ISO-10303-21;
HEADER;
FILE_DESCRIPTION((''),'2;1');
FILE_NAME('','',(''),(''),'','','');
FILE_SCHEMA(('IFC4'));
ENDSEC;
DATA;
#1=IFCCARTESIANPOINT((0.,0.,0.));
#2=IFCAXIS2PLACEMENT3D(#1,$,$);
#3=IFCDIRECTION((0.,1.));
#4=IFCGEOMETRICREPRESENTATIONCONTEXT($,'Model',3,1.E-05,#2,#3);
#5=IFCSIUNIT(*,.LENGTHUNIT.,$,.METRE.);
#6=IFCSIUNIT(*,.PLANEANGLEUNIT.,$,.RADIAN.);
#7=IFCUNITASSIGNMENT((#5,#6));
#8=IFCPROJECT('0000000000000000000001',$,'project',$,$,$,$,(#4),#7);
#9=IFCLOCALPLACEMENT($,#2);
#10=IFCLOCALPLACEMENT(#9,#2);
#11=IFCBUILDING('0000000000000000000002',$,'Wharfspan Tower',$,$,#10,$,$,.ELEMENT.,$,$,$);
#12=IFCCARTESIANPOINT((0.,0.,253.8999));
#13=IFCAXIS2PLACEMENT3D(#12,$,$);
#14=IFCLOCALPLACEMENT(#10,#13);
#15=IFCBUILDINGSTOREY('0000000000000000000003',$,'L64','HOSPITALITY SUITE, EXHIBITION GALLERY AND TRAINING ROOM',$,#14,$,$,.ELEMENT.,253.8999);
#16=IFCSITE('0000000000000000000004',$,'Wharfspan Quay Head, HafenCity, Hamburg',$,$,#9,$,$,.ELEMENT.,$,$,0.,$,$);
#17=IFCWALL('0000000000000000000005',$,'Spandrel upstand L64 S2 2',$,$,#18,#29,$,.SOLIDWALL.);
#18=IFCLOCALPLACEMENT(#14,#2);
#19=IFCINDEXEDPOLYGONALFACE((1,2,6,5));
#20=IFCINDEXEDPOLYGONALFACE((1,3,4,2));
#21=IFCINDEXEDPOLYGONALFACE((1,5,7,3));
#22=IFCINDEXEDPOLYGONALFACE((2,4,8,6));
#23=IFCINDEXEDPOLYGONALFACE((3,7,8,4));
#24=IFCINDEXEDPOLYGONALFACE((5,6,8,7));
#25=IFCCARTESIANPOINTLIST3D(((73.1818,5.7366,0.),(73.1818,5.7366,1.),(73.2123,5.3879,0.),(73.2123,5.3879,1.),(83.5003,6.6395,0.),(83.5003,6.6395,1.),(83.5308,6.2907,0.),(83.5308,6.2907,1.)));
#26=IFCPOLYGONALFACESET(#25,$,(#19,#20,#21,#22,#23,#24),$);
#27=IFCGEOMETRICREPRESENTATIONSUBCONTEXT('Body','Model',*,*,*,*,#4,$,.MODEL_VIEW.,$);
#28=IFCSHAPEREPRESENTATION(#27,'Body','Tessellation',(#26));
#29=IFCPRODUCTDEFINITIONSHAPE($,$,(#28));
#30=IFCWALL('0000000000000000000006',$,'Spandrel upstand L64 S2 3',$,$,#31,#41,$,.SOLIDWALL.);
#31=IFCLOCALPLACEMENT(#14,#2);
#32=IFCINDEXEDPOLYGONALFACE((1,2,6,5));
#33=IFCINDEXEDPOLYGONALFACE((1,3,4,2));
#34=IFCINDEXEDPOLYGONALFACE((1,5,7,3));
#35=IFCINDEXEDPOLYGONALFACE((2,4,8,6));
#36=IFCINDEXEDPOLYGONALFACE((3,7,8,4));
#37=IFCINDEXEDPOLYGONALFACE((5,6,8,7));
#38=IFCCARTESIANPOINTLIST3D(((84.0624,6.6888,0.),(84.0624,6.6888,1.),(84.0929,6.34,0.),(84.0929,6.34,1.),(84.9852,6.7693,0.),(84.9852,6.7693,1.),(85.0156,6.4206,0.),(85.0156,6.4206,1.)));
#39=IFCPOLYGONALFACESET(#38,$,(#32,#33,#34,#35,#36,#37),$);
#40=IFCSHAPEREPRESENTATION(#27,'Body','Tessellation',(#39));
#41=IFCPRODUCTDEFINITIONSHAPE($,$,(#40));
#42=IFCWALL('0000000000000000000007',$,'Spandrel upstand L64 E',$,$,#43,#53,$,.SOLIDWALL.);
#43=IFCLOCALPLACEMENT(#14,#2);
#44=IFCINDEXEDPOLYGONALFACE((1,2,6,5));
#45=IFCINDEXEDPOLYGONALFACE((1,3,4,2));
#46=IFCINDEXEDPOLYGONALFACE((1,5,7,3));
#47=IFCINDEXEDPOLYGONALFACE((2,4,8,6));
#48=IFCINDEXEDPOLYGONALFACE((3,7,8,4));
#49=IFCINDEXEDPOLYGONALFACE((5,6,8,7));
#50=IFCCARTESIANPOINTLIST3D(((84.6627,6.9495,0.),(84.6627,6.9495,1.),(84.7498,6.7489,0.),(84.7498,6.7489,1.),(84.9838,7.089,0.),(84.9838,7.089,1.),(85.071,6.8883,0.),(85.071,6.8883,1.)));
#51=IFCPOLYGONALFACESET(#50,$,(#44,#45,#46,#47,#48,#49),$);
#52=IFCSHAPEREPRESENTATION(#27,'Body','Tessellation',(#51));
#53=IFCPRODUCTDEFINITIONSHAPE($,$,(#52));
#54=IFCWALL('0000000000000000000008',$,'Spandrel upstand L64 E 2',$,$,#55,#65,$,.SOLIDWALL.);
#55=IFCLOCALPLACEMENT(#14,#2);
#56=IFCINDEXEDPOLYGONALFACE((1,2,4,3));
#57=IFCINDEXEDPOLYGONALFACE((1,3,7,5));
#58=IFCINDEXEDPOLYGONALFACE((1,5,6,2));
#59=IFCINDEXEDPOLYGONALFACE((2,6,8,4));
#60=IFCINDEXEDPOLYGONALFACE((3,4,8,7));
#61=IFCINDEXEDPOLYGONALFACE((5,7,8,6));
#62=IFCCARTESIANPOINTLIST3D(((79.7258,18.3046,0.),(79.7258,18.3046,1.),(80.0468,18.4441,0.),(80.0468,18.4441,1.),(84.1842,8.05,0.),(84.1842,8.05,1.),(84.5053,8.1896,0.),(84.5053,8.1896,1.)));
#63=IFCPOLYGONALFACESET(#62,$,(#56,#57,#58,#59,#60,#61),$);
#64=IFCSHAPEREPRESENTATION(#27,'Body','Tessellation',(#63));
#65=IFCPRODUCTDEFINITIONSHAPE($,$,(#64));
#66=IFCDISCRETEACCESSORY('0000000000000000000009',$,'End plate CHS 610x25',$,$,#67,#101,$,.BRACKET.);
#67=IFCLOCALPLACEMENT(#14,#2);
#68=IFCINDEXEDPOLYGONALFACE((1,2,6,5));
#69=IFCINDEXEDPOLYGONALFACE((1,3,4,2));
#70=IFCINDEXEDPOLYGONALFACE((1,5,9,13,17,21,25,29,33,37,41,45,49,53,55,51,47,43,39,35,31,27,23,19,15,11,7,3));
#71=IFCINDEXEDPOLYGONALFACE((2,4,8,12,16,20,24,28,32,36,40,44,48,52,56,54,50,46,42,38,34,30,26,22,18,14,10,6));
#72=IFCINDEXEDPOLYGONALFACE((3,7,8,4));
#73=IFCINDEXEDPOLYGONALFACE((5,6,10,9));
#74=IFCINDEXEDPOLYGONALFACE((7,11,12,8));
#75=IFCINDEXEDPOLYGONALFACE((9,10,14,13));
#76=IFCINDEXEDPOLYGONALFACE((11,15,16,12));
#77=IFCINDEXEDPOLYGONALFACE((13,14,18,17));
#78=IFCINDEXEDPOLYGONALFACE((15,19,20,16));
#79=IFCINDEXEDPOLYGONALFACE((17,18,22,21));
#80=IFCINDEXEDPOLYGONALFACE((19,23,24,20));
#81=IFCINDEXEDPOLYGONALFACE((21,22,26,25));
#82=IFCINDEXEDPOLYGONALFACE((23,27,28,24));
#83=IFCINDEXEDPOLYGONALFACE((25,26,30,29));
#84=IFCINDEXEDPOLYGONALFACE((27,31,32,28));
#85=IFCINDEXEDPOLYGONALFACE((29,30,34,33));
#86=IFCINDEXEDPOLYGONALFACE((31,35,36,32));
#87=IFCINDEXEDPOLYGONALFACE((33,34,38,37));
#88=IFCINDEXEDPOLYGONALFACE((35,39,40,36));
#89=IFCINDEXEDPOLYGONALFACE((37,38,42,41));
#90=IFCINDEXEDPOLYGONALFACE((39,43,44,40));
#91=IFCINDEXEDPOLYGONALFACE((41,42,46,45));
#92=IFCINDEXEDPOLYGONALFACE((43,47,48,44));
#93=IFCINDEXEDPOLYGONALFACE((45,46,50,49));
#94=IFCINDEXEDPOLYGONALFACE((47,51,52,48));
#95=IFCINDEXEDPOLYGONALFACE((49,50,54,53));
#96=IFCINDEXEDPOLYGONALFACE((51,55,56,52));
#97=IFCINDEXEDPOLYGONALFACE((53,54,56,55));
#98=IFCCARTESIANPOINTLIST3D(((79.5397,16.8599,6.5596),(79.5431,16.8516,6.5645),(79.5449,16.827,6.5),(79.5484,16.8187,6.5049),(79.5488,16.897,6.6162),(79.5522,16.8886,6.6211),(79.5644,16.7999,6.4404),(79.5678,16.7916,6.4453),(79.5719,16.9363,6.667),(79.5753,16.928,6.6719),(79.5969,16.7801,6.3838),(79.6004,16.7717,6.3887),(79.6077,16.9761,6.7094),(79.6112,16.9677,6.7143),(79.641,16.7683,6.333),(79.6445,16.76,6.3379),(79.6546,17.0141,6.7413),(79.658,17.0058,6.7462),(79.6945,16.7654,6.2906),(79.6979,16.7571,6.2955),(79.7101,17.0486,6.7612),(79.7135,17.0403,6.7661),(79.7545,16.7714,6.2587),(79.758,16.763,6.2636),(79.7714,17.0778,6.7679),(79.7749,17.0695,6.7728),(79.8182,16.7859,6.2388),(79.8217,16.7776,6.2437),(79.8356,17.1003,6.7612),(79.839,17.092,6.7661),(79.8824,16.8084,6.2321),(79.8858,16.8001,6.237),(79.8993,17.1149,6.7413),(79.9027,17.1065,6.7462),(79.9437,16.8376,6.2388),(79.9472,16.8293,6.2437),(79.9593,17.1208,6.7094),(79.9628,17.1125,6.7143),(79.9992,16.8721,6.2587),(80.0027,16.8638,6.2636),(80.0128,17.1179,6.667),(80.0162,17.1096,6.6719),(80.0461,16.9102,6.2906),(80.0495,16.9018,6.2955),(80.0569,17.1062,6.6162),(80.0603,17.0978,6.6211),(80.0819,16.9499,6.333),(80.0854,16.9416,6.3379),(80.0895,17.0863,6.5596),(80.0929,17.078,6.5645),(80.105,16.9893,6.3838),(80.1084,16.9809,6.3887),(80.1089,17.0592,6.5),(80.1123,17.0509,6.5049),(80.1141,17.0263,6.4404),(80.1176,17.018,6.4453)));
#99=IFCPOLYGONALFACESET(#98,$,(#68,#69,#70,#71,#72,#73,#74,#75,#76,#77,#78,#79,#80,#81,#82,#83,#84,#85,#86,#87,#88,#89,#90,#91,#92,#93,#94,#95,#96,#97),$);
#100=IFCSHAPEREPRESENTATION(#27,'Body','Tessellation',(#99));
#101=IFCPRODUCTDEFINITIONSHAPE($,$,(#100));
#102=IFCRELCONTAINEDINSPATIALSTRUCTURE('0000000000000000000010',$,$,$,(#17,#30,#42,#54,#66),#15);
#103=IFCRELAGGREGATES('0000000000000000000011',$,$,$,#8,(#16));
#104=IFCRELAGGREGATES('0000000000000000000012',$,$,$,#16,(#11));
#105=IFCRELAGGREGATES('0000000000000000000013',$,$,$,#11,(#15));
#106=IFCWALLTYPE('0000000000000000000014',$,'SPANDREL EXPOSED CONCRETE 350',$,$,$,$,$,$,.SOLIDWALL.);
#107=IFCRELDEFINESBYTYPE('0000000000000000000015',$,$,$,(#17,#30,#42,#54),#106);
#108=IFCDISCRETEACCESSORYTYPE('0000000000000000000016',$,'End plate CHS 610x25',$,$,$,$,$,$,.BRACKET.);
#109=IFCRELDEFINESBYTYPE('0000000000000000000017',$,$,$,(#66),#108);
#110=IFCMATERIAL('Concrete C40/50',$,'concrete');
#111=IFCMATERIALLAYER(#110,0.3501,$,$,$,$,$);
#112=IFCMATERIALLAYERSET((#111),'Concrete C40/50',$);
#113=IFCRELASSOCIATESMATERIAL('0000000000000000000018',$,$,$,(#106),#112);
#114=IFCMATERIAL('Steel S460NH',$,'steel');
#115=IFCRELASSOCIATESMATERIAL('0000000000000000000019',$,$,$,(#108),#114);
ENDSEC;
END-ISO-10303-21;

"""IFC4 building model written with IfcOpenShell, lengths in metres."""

from ifc_helpers import new_model, si_unit, direction, frame, frame_2d, origin, origin_2d, place, context, subcontext, project, spatial, rectangle, circle, extrude, material, layer, layer_set, material_profile, profile_set, type_object, element, save


model = new_model("IFC4")

# Units and contexts
model_context = context("Model", 3, precision=1e-05, world=origin(), true_north=direction((0.0, 1.0)))
body_context = subcontext(model_context, "Body", "Model", "MODEL_VIEW")
ifc_project = project(units=[si_unit("LENGTHUNIT", "METRE"), si_unit("PLANEANGLEUNIT", "RADIAN")], contexts=[model_context])

# Site, building, storey
site_placement = place(None, origin())
site = spatial("IfcSite", under=ifc_project, at=site_placement, Name="Wharfspan Quay Head, HafenCity, Hamburg", CompositionType="ELEMENT", RefElevation=0.0)
building_placement = place(site_placement, origin())
building = spatial("IfcBuilding", under=site, at=building_placement, Name="Wharfspan Tower", CompositionType="ELEMENT")
storey_placement = place(building_placement, frame((0.0, 0.0, 253.8999)))
storey = spatial("IfcBuildingStorey", under=building, at=storey_placement, Name="L64", Description="HOSPITALITY SUITE, EXHIBITION GALLERY AND TRAINING ROOM", CompositionType="ELEMENT", Elevation=253.8999)

# Walls
ifc_material_1 = material(Name="Concrete C40/50", Category="concrete")
ifc_layer_1 = layer(ifc_material_1, 0.3501)
ifc_layer_set_1 = layer_set([ifc_layer_1], Name="Concrete C40/50")
wall_type_1 = type_object("IfcWallType", Name="SPANDREL EXPOSED CONCRETE 350", PredefinedType="SOLIDWALL", material=ifc_layer_set_1)
wall_1_placement = place(storey_placement, frame((73.197, 5.5623, 0.0), z_axis=(0.0, 0.0, 1.0), x_axis=(0.996198, 0.087163, 0.0)))
element("IfcWall", 1, at=wall_1_placement, inside=storey, type_object=wall_type_1, Name="Spandrel upstand L64 S2 2", PredefinedType="SOLIDWALL", context=body_context, shape_type="SweptSolid", body=[
    extrude(rectangle(XDim=10.3579, YDim=0.3501, at=frame_2d((5.179, 0.0))), origin(), (0.0, 0.0, 1.0), 1.0),
])
wall_2_placement = place(storey_placement, frame((84.0776, 6.5144, 0.0), z_axis=(0.0, 0.0, 1.0), x_axis=(0.996213, 0.086971, 0.0)))
element("IfcWall", 2, at=wall_2_placement, inside=storey, type_object=wall_type_1, Name="Spandrel upstand L64 S2 3", PredefinedType="SOLIDWALL", context=body_context, shape_type="SweptSolid", body=[
    extrude(rectangle(XDim=0.9263, YDim=0.3501, at=frame_2d((0.4631, 0.0))), origin(), (0.0, 0.0, 1.0), 1.0),
])
wall_3_placement = place(storey_placement, frame((84.9104, 6.8186, 0.0), z_axis=(0.0, 0.0, 1.0), x_axis=(-0.398359, 0.91723, 0.0)))
element("IfcWall", 3, at=wall_3_placement, inside=storey, type_object=wall_type_1, Name="Spandrel upstand L64 E", PredefinedType="SOLIDWALL", context=body_context, shape_type="SweptSolid", body=[
    extrude(rectangle(XDim=0.2188, YDim=0.3501, at=frame_2d((0.1094, 0.0))), origin(), (0.0, 0.0, 1.0), 1.0),
])
wall_4_placement = place(storey_placement, frame((84.3447, 8.1199, 0.0), z_axis=(0.0, 0.0, 1.0), x_axis=(-0.398721, 0.917067, 0.0)))
element("IfcWall", 4, at=wall_4_placement, inside=storey, type_object=wall_type_1, Name="Spandrel upstand L64 E 2", PredefinedType="SOLIDWALL", context=body_context, shape_type="SweptSolid", body=[
    extrude(rectangle(XDim=11.1819, YDim=0.3501, at=frame_2d((5.5908, 0.0))), origin(), (0.0, 0.0, 1.0), 1.0),
])

# Discrete accessory
ifc_material_2 = material(Name="Steel S460NH", Category="steel")
ifc_material_profile_1 = material_profile(ifc_material_2, circle(Radius=0.3049, at=origin_2d()))
ifc_profile_set_1 = profile_set([ifc_material_profile_1], Name="Steel S460NH")
discrete_accessory_type = type_object("IfcDiscreteAccessoryType", Name="End plate CHS 610x25", PredefinedType="BRACKET", material=ifc_profile_set_1)
discrete_accessory_placement = place(storey_placement, frame((79.8269, 16.9431, 6.5), z_axis=(0.334473, -0.812291, 0.477818), x_axis=(0.924674, 0.380749, 0.000001)))
element("IfcDiscreteAccessory", 5, at=discrete_accessory_placement, inside=storey, type_object=discrete_accessory_type, Name="End plate CHS 610x25", PredefinedType="BRACKET", context=body_context, shape_type="SweptSolid", body=[
    extrude(circle(Radius=0.3049, at=origin_2d()), origin(), (0.0, 0.0, 1.0), 0.0103),
])

save(model, "model.ifc")
